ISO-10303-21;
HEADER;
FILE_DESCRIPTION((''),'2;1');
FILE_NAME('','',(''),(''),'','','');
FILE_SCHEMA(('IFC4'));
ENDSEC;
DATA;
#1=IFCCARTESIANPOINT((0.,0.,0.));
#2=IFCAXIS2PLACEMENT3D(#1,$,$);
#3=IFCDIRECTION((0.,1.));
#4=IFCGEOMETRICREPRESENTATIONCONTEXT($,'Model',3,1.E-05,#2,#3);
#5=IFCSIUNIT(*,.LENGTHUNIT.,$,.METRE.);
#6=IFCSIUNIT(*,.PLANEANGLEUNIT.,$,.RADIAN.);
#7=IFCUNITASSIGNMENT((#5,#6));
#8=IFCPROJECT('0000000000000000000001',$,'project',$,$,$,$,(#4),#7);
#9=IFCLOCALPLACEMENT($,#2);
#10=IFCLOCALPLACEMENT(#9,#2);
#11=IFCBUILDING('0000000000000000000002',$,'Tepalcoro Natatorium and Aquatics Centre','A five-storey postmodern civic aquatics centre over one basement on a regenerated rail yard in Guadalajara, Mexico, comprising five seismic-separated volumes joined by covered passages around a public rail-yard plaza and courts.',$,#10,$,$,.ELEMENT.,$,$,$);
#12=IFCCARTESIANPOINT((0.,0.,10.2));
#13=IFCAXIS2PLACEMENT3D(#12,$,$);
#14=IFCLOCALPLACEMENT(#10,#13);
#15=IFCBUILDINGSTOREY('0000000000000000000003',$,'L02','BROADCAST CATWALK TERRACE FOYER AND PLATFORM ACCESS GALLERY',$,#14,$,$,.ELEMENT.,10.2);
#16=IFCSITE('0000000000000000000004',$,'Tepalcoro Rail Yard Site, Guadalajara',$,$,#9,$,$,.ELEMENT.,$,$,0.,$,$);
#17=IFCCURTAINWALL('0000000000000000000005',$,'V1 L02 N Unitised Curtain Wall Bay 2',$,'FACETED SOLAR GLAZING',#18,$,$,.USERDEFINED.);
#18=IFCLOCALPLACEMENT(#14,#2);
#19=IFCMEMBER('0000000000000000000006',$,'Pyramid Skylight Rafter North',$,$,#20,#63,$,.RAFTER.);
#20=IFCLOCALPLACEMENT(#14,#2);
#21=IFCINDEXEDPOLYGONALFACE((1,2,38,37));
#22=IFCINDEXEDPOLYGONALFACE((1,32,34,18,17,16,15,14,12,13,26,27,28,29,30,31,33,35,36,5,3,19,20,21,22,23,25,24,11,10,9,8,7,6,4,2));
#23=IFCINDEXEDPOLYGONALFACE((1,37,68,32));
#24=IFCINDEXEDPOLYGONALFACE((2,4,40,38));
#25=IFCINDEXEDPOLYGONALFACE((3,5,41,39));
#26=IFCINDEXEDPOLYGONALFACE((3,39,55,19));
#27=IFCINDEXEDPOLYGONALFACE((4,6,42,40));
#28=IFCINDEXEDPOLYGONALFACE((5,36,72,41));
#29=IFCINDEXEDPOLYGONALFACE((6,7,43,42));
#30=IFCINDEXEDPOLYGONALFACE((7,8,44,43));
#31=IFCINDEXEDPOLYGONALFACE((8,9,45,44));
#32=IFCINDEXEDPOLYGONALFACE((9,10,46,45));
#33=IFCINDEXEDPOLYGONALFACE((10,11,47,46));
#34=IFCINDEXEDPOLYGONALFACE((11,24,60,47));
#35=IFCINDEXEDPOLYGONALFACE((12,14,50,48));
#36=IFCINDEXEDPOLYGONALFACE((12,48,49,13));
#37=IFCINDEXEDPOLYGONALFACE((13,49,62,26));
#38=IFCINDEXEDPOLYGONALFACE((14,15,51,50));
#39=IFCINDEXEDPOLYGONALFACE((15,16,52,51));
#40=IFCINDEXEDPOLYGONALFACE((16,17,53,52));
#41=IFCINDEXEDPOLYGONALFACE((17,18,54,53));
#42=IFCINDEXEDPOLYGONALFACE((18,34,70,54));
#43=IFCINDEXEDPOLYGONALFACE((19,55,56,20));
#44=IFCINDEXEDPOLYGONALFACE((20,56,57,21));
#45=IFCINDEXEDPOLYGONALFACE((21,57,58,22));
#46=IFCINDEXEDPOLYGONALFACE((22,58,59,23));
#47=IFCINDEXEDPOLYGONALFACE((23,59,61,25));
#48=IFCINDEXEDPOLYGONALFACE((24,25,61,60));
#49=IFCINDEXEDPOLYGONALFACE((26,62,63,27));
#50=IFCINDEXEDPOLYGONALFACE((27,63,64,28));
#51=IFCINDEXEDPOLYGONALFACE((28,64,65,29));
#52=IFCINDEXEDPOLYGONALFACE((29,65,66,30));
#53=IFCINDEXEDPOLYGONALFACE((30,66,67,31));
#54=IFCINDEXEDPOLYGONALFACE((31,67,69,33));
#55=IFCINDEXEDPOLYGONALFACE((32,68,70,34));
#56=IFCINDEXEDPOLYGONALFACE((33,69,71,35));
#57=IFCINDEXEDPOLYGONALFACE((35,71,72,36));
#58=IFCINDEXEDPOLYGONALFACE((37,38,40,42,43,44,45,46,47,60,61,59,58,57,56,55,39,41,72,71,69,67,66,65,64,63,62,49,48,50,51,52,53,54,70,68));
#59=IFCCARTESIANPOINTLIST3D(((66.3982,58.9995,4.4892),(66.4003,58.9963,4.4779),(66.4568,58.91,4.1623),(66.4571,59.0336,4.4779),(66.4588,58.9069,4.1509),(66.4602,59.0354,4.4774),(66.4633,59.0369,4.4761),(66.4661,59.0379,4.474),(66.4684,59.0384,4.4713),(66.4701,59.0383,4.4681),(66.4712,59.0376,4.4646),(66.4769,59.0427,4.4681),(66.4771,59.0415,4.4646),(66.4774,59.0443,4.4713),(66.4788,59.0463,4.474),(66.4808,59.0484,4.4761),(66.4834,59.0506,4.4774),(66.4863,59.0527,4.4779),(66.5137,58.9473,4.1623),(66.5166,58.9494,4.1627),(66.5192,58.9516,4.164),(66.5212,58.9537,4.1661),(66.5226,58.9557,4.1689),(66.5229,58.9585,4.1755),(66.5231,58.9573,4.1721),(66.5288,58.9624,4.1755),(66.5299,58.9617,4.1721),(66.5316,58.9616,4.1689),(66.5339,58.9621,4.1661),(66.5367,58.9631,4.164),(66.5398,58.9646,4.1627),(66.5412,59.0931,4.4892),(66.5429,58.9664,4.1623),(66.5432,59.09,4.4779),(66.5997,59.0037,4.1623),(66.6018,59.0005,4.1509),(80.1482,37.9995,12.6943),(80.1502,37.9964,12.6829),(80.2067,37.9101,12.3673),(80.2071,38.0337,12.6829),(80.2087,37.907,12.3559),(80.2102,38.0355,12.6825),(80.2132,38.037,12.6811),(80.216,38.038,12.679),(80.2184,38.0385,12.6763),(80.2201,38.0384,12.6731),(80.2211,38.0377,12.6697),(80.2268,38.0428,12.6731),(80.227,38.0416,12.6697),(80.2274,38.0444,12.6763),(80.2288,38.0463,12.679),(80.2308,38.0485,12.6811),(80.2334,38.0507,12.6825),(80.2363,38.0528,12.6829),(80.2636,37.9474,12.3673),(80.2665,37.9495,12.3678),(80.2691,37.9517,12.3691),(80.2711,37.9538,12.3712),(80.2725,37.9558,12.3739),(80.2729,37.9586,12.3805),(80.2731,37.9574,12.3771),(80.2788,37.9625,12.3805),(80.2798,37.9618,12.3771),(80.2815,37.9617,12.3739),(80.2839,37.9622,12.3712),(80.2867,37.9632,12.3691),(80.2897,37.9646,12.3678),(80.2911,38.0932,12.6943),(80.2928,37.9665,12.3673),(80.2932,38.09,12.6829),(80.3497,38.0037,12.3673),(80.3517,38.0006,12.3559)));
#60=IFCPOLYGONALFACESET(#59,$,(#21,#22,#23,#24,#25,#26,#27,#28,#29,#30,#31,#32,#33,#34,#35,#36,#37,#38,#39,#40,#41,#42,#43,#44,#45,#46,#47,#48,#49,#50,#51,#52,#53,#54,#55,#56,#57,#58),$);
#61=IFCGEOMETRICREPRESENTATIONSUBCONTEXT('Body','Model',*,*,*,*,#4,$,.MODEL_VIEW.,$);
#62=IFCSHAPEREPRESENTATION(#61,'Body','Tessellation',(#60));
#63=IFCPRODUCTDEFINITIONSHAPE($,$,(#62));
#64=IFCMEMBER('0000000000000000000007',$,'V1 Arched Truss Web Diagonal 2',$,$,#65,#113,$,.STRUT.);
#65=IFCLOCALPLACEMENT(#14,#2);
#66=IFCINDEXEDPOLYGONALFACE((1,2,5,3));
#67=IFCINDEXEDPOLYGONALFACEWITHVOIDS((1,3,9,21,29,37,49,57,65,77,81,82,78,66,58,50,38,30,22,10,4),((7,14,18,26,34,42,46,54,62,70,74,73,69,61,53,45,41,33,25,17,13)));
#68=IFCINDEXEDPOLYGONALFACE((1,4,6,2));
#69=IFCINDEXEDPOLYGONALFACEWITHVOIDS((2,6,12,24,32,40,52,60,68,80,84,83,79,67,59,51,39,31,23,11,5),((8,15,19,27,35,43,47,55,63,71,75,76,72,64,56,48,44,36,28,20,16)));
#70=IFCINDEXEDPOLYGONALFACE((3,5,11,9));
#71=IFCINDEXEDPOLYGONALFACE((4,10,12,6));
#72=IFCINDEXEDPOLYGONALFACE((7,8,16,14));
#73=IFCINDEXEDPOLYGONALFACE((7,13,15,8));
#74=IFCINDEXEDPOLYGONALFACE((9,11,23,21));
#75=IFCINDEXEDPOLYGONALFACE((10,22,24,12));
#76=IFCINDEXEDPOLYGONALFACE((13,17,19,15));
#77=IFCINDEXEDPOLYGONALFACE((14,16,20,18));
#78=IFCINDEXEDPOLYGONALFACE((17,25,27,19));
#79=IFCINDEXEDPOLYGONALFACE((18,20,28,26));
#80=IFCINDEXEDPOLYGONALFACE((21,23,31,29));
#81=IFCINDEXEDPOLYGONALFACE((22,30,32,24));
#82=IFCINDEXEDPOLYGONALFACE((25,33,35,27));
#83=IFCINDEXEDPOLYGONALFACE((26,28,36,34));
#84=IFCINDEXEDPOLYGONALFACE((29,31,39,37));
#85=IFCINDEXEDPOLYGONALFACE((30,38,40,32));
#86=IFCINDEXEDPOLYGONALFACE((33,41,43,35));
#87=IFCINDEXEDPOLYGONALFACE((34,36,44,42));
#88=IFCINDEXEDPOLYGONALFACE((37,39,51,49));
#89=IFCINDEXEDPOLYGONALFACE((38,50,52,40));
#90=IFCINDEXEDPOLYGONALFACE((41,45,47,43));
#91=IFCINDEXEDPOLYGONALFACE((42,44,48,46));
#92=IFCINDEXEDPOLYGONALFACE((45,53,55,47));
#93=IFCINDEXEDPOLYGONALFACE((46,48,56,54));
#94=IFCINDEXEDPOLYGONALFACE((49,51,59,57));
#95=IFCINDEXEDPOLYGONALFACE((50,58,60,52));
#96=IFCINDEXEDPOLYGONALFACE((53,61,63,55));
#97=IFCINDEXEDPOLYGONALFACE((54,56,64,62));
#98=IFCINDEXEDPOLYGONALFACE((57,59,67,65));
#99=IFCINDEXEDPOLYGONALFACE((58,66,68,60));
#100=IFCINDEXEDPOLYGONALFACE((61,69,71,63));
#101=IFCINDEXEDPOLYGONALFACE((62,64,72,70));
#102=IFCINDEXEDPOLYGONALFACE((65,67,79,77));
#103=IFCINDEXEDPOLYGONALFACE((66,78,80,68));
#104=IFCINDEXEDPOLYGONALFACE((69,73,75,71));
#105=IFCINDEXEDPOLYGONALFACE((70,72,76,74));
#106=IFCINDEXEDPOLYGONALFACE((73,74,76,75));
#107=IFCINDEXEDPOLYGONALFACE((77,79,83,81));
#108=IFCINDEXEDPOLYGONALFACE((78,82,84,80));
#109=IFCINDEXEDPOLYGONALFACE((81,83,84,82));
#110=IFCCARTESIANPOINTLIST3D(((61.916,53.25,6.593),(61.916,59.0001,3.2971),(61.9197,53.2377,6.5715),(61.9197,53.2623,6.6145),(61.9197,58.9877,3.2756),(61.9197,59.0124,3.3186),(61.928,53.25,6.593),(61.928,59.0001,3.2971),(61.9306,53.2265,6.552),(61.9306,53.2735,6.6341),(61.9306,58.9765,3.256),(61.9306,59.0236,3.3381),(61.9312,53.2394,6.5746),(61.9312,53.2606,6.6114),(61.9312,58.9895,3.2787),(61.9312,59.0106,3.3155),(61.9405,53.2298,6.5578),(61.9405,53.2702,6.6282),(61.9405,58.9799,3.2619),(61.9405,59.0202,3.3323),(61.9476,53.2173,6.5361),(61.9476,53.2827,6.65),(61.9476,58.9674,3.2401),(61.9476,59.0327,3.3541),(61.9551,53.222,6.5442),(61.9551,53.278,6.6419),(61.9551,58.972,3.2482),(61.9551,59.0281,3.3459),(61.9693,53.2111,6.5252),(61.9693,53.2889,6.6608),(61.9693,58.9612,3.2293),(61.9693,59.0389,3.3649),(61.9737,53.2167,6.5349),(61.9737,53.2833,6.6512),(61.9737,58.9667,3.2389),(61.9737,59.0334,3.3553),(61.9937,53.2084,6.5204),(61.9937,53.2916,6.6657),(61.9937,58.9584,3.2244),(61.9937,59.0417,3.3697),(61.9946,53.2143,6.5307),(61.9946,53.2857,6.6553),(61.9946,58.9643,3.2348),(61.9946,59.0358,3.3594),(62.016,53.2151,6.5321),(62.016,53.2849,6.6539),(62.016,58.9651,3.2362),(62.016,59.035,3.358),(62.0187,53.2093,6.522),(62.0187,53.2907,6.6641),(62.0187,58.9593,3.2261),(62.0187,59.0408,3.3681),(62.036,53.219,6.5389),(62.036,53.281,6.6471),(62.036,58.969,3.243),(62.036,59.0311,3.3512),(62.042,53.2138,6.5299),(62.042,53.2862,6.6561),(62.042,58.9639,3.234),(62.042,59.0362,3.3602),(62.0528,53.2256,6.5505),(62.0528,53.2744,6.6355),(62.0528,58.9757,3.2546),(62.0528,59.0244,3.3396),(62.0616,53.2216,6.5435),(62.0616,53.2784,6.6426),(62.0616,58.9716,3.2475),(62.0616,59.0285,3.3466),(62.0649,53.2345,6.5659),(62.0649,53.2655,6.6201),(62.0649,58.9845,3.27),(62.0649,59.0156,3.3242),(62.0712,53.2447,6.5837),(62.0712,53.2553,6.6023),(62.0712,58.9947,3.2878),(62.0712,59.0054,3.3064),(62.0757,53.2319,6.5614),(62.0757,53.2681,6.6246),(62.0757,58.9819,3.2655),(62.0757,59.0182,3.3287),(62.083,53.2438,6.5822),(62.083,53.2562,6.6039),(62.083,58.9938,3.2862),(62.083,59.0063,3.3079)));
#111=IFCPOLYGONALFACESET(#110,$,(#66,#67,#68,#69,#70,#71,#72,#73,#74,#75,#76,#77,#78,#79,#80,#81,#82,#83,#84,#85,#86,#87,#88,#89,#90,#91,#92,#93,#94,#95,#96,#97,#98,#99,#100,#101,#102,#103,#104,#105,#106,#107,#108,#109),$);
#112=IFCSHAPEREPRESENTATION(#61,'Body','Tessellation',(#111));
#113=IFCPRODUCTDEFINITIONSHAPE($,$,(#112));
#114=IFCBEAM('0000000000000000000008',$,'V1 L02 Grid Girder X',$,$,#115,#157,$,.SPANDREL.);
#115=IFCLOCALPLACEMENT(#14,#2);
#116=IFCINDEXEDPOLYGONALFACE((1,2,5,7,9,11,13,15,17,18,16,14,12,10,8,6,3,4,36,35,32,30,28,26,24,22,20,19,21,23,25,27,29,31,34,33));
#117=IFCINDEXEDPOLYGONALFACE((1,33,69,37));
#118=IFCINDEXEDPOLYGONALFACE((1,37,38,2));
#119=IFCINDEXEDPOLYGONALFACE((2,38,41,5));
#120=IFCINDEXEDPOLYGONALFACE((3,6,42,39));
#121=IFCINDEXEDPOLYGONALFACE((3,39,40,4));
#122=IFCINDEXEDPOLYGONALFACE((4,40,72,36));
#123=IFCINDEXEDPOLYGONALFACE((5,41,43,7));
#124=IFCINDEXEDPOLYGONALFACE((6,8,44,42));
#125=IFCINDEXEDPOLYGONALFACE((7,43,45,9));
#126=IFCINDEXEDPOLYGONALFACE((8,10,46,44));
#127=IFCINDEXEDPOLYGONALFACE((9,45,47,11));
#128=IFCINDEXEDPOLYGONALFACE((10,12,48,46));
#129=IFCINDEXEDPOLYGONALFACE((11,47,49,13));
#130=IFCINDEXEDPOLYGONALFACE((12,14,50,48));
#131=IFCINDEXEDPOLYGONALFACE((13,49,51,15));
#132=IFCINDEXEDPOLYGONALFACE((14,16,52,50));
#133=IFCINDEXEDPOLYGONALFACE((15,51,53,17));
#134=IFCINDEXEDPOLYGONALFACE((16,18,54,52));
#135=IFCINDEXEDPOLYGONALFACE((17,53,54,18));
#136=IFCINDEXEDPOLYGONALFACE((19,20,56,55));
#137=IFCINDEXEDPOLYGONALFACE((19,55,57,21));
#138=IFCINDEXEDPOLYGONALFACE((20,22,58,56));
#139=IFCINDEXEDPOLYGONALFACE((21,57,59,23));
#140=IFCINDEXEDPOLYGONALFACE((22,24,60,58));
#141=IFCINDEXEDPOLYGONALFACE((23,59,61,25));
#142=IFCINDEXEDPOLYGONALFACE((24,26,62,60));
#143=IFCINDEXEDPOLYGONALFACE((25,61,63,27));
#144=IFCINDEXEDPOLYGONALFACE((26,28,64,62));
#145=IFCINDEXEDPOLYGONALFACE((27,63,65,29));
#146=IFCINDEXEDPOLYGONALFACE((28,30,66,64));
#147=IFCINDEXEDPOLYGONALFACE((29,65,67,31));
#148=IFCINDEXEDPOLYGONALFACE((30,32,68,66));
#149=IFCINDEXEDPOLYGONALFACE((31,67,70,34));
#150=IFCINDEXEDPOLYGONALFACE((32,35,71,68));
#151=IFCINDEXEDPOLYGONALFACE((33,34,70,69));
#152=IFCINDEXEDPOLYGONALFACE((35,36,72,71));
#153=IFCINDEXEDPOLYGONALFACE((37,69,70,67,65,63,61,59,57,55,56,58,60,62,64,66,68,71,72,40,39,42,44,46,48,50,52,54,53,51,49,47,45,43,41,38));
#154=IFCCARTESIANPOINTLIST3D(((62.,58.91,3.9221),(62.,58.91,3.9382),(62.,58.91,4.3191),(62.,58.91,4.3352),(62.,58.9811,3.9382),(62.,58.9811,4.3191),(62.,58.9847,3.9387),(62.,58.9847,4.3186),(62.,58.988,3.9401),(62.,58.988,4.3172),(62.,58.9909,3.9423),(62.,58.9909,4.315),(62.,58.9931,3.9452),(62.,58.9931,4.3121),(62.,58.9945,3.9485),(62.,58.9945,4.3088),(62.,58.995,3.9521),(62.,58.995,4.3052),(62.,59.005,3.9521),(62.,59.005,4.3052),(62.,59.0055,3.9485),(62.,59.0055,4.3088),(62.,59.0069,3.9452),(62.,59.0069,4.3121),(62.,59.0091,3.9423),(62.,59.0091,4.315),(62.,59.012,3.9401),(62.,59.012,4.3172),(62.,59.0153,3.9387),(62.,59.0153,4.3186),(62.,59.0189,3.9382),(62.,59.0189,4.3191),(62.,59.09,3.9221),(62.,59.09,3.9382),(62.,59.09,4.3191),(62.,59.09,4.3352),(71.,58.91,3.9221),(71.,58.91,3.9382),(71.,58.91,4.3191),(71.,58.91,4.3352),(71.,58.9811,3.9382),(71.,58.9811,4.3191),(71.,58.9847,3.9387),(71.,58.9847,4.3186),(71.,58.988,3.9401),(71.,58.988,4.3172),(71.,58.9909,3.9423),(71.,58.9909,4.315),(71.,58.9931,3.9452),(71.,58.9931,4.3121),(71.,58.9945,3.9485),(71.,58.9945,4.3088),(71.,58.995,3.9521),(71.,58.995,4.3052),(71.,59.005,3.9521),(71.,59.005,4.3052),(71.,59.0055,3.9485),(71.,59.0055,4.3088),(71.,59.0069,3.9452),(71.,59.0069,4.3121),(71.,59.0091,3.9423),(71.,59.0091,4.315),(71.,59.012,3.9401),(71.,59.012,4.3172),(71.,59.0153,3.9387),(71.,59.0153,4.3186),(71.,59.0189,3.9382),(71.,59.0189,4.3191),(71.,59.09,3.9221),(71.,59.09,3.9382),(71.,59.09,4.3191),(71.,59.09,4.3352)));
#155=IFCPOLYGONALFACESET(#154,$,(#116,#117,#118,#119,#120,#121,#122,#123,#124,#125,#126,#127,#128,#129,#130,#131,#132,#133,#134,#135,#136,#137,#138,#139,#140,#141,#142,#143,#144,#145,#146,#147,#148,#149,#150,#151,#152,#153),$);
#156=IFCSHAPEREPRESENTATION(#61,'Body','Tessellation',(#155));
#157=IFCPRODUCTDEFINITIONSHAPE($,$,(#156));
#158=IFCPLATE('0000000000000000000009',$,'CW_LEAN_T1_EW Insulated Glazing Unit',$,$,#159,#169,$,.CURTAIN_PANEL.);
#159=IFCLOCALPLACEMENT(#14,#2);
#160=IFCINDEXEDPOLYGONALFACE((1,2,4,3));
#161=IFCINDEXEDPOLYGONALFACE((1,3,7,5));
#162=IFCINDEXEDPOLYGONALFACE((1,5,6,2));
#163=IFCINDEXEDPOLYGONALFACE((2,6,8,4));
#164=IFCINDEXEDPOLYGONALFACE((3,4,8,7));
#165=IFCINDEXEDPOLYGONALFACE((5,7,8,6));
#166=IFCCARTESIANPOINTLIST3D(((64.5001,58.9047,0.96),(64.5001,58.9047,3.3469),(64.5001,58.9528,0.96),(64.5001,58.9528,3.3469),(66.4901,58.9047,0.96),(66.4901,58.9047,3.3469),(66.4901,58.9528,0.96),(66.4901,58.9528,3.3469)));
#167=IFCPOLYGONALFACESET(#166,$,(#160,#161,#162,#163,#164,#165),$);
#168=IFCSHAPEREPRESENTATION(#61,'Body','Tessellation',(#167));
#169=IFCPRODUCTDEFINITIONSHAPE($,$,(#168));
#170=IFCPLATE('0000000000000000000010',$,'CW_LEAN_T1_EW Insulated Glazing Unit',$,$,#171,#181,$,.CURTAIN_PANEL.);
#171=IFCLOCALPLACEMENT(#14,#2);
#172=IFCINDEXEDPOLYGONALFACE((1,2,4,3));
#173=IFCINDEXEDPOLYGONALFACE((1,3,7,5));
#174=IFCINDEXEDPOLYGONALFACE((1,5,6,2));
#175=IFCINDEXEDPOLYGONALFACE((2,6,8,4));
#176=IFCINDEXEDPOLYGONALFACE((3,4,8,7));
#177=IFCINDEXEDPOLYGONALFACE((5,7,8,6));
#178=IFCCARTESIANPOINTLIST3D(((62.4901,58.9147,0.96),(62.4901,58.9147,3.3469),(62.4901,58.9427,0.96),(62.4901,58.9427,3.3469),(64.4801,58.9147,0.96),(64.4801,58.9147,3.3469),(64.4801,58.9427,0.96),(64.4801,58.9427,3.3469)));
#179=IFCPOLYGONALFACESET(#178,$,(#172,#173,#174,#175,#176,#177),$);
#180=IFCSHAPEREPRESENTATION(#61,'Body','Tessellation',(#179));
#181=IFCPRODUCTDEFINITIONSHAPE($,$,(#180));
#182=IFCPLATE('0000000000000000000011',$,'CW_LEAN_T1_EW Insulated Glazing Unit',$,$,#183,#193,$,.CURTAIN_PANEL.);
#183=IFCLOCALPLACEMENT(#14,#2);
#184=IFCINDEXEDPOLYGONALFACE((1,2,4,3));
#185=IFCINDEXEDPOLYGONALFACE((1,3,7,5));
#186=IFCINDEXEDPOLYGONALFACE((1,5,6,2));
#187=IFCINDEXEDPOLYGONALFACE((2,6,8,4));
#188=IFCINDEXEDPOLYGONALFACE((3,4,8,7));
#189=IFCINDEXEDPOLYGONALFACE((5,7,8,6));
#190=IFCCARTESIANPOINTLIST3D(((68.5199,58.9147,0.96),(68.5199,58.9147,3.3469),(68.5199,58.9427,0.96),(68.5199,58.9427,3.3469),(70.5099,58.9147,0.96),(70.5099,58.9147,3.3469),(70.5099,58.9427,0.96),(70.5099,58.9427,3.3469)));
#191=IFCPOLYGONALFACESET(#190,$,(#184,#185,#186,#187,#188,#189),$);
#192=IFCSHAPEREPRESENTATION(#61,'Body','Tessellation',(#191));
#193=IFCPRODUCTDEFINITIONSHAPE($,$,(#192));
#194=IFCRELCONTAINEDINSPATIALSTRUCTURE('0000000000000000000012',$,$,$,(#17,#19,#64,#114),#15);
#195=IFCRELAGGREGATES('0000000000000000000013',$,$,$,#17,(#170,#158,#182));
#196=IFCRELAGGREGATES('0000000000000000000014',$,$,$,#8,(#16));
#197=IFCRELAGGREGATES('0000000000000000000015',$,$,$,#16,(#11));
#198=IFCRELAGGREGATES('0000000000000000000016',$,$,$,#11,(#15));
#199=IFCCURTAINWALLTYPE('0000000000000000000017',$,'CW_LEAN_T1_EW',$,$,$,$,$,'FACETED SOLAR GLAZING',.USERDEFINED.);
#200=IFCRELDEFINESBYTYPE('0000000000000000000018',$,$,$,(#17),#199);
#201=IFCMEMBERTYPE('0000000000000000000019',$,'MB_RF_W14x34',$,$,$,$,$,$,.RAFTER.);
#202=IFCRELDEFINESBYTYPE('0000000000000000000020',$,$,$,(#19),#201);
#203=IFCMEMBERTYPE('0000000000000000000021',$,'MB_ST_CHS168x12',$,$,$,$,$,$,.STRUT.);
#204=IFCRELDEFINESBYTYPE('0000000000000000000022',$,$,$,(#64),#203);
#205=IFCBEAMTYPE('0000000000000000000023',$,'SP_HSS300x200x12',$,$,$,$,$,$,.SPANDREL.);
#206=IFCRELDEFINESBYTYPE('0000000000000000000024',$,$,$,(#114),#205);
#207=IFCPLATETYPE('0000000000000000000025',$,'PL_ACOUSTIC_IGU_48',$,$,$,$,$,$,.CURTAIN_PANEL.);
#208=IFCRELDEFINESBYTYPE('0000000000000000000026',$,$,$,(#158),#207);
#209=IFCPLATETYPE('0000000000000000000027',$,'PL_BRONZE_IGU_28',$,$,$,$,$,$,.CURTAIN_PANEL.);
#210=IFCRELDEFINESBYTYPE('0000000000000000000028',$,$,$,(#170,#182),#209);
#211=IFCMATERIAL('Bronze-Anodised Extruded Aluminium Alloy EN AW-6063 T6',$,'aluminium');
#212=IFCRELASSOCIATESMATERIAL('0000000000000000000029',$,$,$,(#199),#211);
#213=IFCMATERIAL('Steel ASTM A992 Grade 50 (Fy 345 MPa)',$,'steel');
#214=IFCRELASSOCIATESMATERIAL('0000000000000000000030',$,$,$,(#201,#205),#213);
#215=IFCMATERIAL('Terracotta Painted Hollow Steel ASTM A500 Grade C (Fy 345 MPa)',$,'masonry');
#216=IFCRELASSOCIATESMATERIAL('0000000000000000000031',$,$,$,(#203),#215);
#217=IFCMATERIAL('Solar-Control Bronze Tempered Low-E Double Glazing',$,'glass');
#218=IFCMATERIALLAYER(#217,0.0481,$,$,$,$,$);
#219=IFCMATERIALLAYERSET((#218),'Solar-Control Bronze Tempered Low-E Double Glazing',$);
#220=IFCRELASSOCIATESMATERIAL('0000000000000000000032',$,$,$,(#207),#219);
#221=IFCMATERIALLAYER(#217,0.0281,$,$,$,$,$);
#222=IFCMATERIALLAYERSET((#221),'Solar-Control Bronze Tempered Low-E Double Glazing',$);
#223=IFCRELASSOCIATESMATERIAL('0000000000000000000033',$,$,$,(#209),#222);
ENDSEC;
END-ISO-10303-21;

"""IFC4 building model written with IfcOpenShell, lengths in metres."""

from ifc_helpers import new_model, si_unit, direction, frame, origin, origin_2d, place, context, subcontext, project, spatial, rectangle, hollow_circle, i_section, extrude, material, layer, layer_set, material_profile, profile_set, type_object, element, aggregate, save


model = new_model("IFC4")

# Units and contexts
model_context = context("Model", 3, precision=1e-05, world=origin(), true_north=direction((0.0, 1.0)))
body_context = subcontext(model_context, "Body", "Model", "MODEL_VIEW")
ifc_project = project(units=[si_unit("LENGTHUNIT", "METRE"), si_unit("PLANEANGLEUNIT", "RADIAN")], contexts=[model_context])

# Site, building, storey
site_placement = place(None, origin())
site = spatial("IfcSite", under=ifc_project, at=site_placement, Name="Tepalcoro Rail Yard Site, Guadalajara", CompositionType="ELEMENT", RefElevation=0.0)
building_placement = place(site_placement, origin())
building = spatial("IfcBuilding", under=site, at=building_placement, Name="Tepalcoro Natatorium and Aquatics Centre", Description="A five-storey postmodern civic aquatics centre over one basement on a regenerated rail yard in Guadalajara, Mexico, comprising five seismic-separated volumes joined by covered passages around a public rail-yard plaza and courts.", CompositionType="ELEMENT")
storey_placement = place(building_placement, frame((0.0, 0.0, 10.2)))
storey = spatial("IfcBuildingStorey", under=building, at=storey_placement, Name="L02", Description="BROADCAST CATWALK TERRACE FOYER AND PLATFORM ACCESS GALLERY", CompositionType="ELEMENT", Elevation=10.2)

# Shared definitions
ifc_material_1 = material(Name="Steel ASTM A992 Grade 50 (Fy 345 MPa)", Category="steel")

# Shared definitions
ifc_material_2 = material(Name="Terracotta Painted Hollow Steel ASTM A500 Grade C (Fy 345 MPa)", Category="masonry")

# Curtain wall
ifc_material_3 = material(Name="Bronze-Anodised Extruded Aluminium Alloy EN AW-6063 T6", Category="aluminium")
curtain_wall_type = type_object("IfcCurtainWallType", Name="CW_LEAN_T1_EW", ElementType="FACETED SOLAR GLAZING", PredefinedType="USERDEFINED", material=ifc_material_3)
curtain_wall_placement = place(storey_placement, origin())
curtain_wall = element("IfcCurtainWall", 1, at=curtain_wall_placement, inside=storey, type_object=curtain_wall_type, Name="V1 L02 N Unitised Curtain Wall Bay 2", ObjectType="FACETED SOLAR GLAZING", PredefinedType="USERDEFINED")

# Members
ifc_material_profile_1 = material_profile(ifc_material_1, i_section(OverallWidth=0.1709, OverallDepth=0.356, WebThickness=0.0071, FlangeThickness=0.012, FilletRadius=0.0139, at=origin_2d()), Name="W14X34")
ifc_profile_set_1 = profile_set([ifc_material_profile_1], Name="Steel ASTM A992 Grade 50 (Fy 345 MPa)")
member_type_1 = type_object("IfcMemberType", Name="MB_RF_W14x34", PredefinedType="RAFTER", material=ifc_profile_set_1)
member_1_placement = place(storey_placement, frame((66.5, 59.0, 4.3201), z_axis=(0.520674, -0.795212, 0.310704), x_axis=(0.836619, 0.547786, 0.0)))
element("IfcMember", 2, at=member_1_placement, inside=storey, type_object=member_type_1, Name="Pyramid Skylight Rafter North", PredefinedType="RAFTER", context=body_context, shape_type="SweptSolid", body=[
    extrude(i_section(OverallWidth=0.1709, OverallDepth=0.356, WebThickness=0.0071, FlangeThickness=0.012, FilletRadius=0.0139, at=origin_2d()), origin(), (0.0, 0.0, 1.0), 26.408),
])
ifc_material_profile_2 = material_profile(ifc_material_2, hollow_circle(Radius=0.084, WallThickness=0.012, at=origin_2d()), Name="CHS168X12")
ifc_profile_set_2 = profile_set([ifc_material_profile_2], Name="Terracotta Painted Hollow Steel ASTM A500 Grade C (Fy 345 MPa)")
member_type_2 = type_object("IfcMemberType", Name="MB_ST_CHS168x12", PredefinedType="STRUT", material=ifc_profile_set_2)
member_2_placement = place(storey_placement, frame((62.0, 53.25, 6.593), z_axis=(0.0, 0.86758, -0.497297), x_axis=(-1.0, 0.0, 0.0)))
element("IfcMember", 3, at=member_2_placement, inside=storey, type_object=member_type_2, Name="V1 Arched Truss Web Diagonal 2", PredefinedType="STRUT", context=body_context, shape_type="SweptSolid", body=[
    extrude(hollow_circle(Radius=0.084, WallThickness=0.012, at=origin_2d()), origin(), (0.0, 0.0, 1.0), 6.6277),
])

# Beam
ifc_material_profile_3 = material_profile(ifc_material_1, i_section(OverallWidth=0.1799, OverallDepth=0.4131, WebThickness=0.01, FlangeThickness=0.0161, FilletRadius=0.0139, at=origin_2d()), Name="W16X50")
ifc_profile_set_3 = profile_set([ifc_material_profile_3], Name="Steel ASTM A992 Grade 50 (Fy 345 MPa)")
beam_type_1 = type_object("IfcBeamType", Name="SP_HSS300x200x12", PredefinedType="SPANDREL", material=ifc_profile_set_3)
beam_1_placement = place(storey_placement, frame((62.0, 59.0, 4.1287), z_axis=(1.0, 0.0, 0.0), x_axis=(0.0, 1.0, 0.0)))
element("IfcBeam", 4, at=beam_1_placement, inside=storey, type_object=beam_type_1, Name="V1 L02 Grid Girder X", PredefinedType="SPANDREL", context=body_context, shape_type="SweptSolid", body=[
    extrude(i_section(OverallWidth=0.1799, OverallDepth=0.4131, WebThickness=0.01, FlangeThickness=0.0161, FilletRadius=0.0139, at=origin_2d()), origin(), (0.0, 0.0, 1.0), 9.0),
])

# Plates
ifc_material_4 = material(Name="Solar-Control Bronze Tempered Low-E Double Glazing", Category="glass")
ifc_layer_1 = layer(ifc_material_4, 0.0481)
ifc_layer_set_1 = layer_set([ifc_layer_1], Name="Solar-Control Bronze Tempered Low-E Double Glazing")
plate_type_1 = type_object("IfcPlateType", Name="PL_ACOUSTIC_IGU_48", PredefinedType="CURTAIN_PANEL", material=ifc_layer_set_1)
plate_1_placement = place(storey_placement, frame((65.4951, 58.9287, 0.96), z_axis=(0.0, 0.0, 1.0), x_axis=(1.0, 0.0, 0.0)))
plate_1 = element("IfcPlate", 5, at=plate_1_placement, type_object=plate_type_1, Name="CW_LEAN_T1_EW Insulated Glazing Unit", PredefinedType="CURTAIN_PANEL", context=body_context, shape_type="SweptSolid", body=[
    extrude(rectangle(XDim=1.99, YDim=0.0481, at=origin_2d()), origin(), (0.0, 0.0, 1.0), 2.387),
])
ifc_layer_2 = layer(ifc_material_4, 0.0281)
ifc_layer_set_2 = layer_set([ifc_layer_2], Name="Solar-Control Bronze Tempered Low-E Double Glazing")
plate_type_2 = type_object("IfcPlateType", Name="PL_BRONZE_IGU_28", PredefinedType="CURTAIN_PANEL", material=ifc_layer_set_2)
plate_2_placement = place(storey_placement, frame((63.4851, 58.9287, 0.96), z_axis=(0.0, 0.0, 1.0), x_axis=(1.0, 0.0, 0.0)))
plate_2 = element("IfcPlate", 6, at=plate_2_placement, type_object=plate_type_2, Name="CW_LEAN_T1_EW Insulated Glazing Unit", PredefinedType="CURTAIN_PANEL", context=body_context, shape_type="SweptSolid", body=[
    extrude(rectangle(XDim=1.99, YDim=0.0281, at=origin_2d()), origin(), (0.0, 0.0, 1.0), 2.387),
])
plate_3_placement = place(storey_placement, frame((69.5149, 58.9287, 0.96), z_axis=(0.0, 0.0, 1.0), x_axis=(1.0, 0.0, 0.0)))
plate_3 = element("IfcPlate", 7, at=plate_3_placement, type_object=plate_type_2, Name="CW_LEAN_T1_EW Insulated Glazing Unit", PredefinedType="CURTAIN_PANEL", context=body_context, shape_type="SweptSolid", body=[
    extrude(rectangle(XDim=1.99, YDim=0.0281, at=origin_2d()), origin(), (0.0, 0.0, 1.0), 2.387),
])

aggregate(curtain_wall, [plate_2, plate_1, plate_3])

save(model, "model.ifc")
